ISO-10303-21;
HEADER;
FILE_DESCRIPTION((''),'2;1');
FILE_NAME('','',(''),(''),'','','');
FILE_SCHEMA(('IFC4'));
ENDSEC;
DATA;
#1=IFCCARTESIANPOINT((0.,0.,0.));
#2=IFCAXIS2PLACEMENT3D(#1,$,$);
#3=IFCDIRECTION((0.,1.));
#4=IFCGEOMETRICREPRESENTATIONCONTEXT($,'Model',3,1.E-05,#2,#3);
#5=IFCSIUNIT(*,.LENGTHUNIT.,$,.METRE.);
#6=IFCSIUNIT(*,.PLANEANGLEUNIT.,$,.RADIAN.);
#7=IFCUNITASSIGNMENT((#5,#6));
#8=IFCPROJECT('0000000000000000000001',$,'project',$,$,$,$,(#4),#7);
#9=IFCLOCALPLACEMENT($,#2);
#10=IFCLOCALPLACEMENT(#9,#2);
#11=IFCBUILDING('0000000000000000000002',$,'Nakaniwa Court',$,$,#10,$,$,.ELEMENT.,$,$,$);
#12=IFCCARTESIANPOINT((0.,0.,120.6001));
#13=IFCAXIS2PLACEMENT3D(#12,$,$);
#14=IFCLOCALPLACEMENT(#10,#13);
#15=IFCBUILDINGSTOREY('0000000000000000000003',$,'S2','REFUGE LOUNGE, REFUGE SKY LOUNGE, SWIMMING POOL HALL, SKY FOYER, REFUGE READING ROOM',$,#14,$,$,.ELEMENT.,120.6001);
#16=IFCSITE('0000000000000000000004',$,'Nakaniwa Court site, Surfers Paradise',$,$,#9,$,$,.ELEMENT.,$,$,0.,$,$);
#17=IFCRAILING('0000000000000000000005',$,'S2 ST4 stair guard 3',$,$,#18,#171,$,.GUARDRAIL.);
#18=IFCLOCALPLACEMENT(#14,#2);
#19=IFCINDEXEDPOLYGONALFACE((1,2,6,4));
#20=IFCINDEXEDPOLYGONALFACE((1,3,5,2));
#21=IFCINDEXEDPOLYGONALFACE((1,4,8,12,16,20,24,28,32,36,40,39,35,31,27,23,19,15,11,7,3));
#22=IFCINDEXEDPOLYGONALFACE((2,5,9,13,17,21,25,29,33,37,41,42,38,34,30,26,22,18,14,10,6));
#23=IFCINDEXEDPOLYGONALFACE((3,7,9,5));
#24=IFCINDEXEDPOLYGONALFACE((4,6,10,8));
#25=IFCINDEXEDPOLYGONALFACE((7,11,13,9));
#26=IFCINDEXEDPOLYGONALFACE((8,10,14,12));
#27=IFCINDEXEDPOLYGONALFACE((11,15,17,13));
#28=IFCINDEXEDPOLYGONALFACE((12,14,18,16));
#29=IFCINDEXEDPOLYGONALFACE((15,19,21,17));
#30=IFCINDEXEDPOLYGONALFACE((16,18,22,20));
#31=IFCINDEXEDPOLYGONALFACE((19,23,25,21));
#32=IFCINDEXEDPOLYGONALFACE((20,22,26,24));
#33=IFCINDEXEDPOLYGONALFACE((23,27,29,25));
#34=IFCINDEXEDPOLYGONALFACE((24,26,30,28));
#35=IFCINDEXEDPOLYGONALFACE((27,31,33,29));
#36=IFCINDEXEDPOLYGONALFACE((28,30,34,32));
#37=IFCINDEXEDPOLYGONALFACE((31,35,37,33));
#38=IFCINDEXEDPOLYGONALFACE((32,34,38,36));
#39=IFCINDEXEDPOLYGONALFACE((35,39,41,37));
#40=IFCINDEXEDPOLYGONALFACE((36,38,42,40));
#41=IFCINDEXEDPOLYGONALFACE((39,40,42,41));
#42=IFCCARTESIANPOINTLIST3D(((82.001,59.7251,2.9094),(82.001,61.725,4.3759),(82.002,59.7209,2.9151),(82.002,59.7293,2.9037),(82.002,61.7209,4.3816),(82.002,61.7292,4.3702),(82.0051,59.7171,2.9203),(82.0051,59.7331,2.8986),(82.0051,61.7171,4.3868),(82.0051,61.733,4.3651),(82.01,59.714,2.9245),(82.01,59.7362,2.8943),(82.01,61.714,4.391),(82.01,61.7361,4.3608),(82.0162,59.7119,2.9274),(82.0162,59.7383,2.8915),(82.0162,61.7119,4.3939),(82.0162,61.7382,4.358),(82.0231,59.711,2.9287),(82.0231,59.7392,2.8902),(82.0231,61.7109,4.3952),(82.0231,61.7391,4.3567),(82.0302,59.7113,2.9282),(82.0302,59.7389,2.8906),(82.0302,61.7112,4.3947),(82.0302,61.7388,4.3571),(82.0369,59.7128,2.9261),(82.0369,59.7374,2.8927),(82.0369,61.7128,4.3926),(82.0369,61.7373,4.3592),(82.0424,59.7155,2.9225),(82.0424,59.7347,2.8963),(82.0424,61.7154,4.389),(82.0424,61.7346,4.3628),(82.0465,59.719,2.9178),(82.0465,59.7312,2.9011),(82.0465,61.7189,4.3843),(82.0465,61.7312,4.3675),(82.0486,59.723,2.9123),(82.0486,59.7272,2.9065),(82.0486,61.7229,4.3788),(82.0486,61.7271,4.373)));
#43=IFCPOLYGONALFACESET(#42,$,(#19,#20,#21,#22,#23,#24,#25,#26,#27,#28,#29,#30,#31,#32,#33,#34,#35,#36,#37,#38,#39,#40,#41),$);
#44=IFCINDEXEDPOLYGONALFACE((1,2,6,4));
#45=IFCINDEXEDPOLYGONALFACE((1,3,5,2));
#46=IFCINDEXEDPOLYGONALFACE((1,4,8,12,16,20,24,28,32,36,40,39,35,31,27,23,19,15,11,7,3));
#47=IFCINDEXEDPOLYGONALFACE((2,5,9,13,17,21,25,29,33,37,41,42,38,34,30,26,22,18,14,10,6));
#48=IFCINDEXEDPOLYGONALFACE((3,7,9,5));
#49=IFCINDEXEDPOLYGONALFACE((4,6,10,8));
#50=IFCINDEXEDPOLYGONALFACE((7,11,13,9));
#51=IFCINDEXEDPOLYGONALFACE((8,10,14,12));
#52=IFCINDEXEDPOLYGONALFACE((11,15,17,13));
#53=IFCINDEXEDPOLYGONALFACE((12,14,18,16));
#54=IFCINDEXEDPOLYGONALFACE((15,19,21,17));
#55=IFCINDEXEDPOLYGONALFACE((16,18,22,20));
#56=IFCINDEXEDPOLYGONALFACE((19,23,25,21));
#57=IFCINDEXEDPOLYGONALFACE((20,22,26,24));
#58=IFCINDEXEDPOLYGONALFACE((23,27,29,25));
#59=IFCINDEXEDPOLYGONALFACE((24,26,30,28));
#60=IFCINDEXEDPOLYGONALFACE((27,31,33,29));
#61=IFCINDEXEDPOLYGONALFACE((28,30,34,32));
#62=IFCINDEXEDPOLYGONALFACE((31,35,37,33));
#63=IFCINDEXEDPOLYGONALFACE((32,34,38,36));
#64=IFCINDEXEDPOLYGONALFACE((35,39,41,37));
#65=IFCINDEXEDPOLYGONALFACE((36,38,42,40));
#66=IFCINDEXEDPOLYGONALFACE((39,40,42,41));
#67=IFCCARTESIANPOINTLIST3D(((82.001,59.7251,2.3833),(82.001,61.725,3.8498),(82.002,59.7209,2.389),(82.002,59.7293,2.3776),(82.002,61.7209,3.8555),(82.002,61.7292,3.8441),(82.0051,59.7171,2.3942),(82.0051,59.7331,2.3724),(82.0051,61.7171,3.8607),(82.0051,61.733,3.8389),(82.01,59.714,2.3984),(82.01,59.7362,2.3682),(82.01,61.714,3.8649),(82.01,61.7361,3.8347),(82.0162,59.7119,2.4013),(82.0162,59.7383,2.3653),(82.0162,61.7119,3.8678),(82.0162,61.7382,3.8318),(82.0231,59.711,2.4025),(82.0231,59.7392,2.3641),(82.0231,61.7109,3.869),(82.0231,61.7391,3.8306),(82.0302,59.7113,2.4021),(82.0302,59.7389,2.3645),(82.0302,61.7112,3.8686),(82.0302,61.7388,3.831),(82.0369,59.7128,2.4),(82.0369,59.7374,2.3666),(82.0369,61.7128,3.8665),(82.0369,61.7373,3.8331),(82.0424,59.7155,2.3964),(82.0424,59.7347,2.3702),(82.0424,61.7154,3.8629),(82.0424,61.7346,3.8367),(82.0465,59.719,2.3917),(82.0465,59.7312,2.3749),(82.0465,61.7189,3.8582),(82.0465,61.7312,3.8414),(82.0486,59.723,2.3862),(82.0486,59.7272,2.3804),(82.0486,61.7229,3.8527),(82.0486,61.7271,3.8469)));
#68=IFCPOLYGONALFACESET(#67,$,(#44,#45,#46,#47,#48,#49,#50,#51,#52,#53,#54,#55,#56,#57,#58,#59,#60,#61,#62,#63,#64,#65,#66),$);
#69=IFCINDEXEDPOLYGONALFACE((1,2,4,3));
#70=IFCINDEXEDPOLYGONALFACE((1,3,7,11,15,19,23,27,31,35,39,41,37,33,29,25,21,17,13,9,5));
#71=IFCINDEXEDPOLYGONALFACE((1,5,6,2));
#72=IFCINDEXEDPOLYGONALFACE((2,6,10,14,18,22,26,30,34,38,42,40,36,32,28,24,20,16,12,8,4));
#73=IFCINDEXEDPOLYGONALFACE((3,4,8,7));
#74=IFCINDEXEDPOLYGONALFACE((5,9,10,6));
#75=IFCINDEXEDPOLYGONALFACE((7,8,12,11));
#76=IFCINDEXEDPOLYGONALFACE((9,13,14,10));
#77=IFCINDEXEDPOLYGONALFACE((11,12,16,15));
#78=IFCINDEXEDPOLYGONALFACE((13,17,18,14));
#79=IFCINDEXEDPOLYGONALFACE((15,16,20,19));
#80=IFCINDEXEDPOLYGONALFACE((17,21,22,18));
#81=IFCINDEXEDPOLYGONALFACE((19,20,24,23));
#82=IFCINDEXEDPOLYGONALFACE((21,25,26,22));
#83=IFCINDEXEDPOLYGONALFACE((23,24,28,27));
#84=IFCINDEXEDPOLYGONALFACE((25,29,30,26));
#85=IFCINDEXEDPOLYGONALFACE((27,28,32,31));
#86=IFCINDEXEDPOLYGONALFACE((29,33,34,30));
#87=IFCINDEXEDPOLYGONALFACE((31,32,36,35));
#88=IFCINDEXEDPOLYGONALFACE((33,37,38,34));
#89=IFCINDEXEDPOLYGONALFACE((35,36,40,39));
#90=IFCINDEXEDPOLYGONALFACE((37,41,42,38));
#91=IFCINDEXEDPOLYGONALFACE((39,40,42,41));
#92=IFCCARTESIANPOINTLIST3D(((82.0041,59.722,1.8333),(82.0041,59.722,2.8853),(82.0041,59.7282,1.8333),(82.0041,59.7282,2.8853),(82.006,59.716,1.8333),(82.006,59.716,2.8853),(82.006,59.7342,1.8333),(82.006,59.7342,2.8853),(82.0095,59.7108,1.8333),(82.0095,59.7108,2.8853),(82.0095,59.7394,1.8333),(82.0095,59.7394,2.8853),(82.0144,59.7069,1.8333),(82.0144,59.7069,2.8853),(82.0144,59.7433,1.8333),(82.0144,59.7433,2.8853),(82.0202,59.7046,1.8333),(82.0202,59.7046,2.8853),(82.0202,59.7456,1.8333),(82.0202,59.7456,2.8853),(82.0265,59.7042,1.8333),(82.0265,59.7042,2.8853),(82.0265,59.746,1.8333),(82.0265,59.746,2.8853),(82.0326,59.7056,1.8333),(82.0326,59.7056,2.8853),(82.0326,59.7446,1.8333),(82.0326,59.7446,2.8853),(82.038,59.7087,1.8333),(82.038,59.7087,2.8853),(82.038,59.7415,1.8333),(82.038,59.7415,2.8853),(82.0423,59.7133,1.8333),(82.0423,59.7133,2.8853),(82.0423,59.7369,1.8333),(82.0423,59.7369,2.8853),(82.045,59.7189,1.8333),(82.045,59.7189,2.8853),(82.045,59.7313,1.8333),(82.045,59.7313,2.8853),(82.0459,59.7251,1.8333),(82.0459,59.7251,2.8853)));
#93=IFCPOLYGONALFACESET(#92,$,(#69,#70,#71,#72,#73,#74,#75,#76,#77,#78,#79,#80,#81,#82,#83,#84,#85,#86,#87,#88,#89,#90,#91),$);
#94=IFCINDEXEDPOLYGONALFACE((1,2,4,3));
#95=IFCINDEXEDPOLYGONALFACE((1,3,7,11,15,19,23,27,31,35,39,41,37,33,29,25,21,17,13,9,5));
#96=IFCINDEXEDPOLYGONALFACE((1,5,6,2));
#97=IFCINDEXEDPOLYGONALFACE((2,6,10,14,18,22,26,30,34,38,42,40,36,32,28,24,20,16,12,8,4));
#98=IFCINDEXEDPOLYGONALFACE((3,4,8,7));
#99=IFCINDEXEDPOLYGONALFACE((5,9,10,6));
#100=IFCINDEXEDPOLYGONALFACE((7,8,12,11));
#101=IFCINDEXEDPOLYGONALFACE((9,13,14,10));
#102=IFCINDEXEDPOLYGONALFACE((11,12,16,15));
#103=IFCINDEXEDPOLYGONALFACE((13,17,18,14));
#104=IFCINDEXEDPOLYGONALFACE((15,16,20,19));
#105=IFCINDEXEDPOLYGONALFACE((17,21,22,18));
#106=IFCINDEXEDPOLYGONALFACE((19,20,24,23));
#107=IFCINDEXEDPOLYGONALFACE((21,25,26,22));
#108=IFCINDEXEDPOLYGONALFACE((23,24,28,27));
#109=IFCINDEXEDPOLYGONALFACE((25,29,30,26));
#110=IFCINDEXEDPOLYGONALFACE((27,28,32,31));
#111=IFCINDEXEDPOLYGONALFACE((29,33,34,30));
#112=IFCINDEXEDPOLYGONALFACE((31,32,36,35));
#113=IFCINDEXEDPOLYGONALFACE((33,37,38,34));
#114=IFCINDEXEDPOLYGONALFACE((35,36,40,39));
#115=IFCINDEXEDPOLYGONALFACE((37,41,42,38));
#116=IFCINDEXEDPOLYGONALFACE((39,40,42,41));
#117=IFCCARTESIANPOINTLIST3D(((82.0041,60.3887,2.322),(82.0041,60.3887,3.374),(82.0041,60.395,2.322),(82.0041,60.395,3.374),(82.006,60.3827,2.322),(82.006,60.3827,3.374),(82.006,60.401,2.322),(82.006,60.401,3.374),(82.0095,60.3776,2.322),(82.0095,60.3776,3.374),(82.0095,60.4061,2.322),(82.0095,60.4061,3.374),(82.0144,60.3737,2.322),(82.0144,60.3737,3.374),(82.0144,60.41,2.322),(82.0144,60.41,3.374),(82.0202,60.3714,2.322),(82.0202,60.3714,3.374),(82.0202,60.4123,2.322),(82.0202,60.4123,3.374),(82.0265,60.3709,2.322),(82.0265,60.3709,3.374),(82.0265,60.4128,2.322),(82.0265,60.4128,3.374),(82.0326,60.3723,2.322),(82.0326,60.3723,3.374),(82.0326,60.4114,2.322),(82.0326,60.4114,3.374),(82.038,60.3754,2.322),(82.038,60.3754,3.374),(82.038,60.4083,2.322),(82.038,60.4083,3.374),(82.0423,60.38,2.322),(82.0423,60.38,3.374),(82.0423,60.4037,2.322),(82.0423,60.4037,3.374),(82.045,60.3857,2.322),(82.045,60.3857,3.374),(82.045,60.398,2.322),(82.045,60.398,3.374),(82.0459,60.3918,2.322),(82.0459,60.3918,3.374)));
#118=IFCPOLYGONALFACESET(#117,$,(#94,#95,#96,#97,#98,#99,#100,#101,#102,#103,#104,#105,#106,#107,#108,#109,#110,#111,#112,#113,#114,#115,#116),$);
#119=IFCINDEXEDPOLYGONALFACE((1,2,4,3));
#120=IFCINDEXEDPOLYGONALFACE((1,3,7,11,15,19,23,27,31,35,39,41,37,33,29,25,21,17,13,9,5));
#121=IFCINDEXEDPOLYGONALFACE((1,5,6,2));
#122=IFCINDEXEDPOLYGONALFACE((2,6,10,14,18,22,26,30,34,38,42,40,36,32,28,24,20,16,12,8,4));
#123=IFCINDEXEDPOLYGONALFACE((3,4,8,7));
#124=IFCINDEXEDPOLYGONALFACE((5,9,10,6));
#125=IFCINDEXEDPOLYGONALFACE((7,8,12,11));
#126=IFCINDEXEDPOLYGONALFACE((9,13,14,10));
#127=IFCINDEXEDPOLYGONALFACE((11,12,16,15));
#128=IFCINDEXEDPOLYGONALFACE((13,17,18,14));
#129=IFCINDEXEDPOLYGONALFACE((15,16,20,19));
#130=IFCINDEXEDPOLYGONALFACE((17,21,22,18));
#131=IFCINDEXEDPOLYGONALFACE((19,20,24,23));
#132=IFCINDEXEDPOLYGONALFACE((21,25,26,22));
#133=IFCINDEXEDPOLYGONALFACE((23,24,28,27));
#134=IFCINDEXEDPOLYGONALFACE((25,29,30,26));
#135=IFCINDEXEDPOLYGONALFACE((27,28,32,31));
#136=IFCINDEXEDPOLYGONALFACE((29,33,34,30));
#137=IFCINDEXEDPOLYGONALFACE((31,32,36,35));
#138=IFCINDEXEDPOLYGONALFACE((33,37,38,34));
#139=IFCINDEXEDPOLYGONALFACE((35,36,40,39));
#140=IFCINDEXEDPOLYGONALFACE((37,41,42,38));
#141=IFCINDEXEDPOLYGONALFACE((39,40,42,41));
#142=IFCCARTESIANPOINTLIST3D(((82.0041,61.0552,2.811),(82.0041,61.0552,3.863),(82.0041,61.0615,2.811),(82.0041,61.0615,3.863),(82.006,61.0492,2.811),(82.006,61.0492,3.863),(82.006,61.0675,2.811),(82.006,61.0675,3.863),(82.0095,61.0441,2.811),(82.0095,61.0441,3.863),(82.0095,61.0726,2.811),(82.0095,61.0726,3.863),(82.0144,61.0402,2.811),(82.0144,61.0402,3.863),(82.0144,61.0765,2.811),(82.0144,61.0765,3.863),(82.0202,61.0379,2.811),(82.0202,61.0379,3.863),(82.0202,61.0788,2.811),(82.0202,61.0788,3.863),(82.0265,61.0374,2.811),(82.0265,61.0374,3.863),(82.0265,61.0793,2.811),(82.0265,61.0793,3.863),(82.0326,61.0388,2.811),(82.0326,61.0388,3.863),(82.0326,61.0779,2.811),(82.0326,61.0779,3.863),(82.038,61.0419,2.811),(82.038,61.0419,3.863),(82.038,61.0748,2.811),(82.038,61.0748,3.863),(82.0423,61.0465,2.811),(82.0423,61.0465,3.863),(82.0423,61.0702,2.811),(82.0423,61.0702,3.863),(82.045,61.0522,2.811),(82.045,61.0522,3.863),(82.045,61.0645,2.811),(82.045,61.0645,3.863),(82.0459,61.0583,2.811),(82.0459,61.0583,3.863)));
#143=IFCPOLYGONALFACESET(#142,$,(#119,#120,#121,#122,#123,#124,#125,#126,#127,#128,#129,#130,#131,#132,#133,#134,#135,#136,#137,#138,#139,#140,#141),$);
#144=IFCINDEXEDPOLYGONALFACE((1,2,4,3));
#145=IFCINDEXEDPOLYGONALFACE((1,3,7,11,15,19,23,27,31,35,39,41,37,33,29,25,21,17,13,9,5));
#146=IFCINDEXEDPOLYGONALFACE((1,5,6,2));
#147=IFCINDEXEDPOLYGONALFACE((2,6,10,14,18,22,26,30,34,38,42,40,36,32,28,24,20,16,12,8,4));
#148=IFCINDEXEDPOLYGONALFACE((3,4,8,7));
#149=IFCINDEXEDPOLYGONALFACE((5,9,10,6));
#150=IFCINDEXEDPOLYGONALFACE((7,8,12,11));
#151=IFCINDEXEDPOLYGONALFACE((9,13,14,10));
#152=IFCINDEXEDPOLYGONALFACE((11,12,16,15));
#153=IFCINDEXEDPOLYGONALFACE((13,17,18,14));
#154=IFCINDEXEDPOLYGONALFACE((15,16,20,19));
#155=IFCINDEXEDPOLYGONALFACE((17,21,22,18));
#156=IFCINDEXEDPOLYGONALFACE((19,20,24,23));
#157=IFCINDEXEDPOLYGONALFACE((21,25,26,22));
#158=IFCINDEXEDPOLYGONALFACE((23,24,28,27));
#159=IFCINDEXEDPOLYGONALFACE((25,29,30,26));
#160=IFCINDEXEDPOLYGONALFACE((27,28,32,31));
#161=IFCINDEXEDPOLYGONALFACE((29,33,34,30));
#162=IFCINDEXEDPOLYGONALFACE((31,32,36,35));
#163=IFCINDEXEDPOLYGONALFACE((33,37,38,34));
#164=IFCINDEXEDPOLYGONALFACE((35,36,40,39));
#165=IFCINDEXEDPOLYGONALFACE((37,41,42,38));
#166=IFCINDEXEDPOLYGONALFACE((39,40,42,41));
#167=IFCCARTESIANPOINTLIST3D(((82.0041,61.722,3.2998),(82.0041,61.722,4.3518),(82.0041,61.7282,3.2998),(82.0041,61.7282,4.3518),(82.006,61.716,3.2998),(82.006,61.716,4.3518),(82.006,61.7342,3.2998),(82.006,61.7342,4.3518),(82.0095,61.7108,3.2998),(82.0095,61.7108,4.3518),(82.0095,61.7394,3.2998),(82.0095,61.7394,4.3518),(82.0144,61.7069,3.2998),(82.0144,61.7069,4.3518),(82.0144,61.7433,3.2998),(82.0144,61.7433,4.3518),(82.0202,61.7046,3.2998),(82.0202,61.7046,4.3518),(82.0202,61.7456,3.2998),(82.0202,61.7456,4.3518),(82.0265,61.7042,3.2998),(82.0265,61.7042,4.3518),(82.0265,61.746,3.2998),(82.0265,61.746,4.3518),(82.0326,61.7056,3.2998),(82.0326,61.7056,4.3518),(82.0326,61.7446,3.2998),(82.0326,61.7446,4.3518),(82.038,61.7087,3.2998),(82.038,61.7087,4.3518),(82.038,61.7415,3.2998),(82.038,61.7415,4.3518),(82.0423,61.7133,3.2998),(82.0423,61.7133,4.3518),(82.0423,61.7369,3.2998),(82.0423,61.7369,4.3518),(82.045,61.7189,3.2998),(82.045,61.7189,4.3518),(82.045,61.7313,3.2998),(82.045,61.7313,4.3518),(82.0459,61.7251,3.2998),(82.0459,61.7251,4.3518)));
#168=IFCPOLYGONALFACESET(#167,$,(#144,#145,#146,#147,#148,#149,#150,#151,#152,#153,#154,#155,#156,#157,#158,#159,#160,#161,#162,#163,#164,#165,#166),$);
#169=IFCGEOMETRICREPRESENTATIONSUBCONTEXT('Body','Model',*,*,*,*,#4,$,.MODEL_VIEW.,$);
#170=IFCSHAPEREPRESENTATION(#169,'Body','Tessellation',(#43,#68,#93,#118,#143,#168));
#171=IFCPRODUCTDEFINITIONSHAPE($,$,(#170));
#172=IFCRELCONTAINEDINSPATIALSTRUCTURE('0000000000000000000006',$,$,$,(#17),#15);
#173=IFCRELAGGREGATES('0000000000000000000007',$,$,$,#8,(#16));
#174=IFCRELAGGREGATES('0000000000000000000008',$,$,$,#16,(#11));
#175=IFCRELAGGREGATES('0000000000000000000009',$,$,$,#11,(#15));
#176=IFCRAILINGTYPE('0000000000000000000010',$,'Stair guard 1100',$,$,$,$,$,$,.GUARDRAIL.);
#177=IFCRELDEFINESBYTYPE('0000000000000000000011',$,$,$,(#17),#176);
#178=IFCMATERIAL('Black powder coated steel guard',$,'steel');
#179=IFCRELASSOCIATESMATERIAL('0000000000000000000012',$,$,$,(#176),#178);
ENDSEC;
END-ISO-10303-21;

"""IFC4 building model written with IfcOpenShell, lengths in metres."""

from ifc_helpers import new_model, si_unit, direction, frame, origin, origin_2d, place, context, subcontext, project, spatial, circle, extrude, material, type_object, element, save


model = new_model("IFC4")

# Units and contexts
model_context = context("Model", 3, precision=1e-05, world=origin(), true_north=direction((0.0, 1.0)))
body_context = subcontext(model_context, "Body", "Model", "MODEL_VIEW")
ifc_project = project(units=[si_unit("LENGTHUNIT", "METRE"), si_unit("PLANEANGLEUNIT", "RADIAN")], contexts=[model_context])

# Site, building, storey
site_placement = place(None, origin())
site = spatial("IfcSite", under=ifc_project, at=site_placement, Name="Nakaniwa Court site, Surfers Paradise", CompositionType="ELEMENT", RefElevation=0.0)
building_placement = place(site_placement, origin())
building = spatial("IfcBuilding", under=site, at=building_placement, Name="Nakaniwa Court", CompositionType="ELEMENT")
storey_placement = place(building_placement, frame((0.0, 0.0, 120.6001)))
storey = spatial("IfcBuildingStorey", under=building, at=storey_placement, Name="S2", Description="REFUGE LOUNGE, REFUGE SKY LOUNGE, SWIMMING POOL HALL, SKY FOYER, REFUGE READING ROOM", CompositionType="ELEMENT", Elevation=120.6001)

# Railing
ifc_material_1 = material(Name="Black powder coated steel guard", Category="steel")
railing_type_1 = type_object("IfcRailingType", Name="Stair guard 1100", PredefinedType="GUARDRAIL", material=ifc_material_1)
railing_1_placement = place(storey_placement, frame((82.0249, 59.7251, 1.8333)))
element("IfcRailing", 1, at=railing_1_placement, inside=storey, type_object=railing_type_1, Name="S2 ST4 stair guard 3", PredefinedType="GUARDRAIL", context=body_context, shape_type="SweptSolid", body=[
    extrude(circle(Radius=0.0239, at=origin_2d()), frame((0.0, 0.0, 1.0762), z_axis=(0.0, 0.806427, 0.591334), x_axis=(-1.0, 0.0, 0.0)), (0.0, 0.0, 1.0), 2.48),
    extrude(circle(Radius=0.0239, at=origin_2d()), frame((0.0, 0.0, 0.55), z_axis=(0.0, 0.806427, 0.591334), x_axis=(-1.0, 0.0, 0.0)), (0.0, 0.0, 1.0), 2.48),
    extrude(circle(Radius=0.021, at=origin_2d()), origin(), (0.0, 0.0, 1.0), 1.052),
    extrude(circle(Radius=0.021, at=origin_2d()), frame((0.0, 0.6667, 0.4888)), (0.0, 0.0, 1.0), 1.052),
    extrude(circle(Radius=0.021, at=origin_2d()), frame((0.0, 1.3333, 0.9778)), (0.0, 0.0, 1.0), 1.052),
    extrude(circle(Radius=0.021, at=origin_2d()), frame((0.0, 2.0, 1.4666)), (0.0, 0.0, 1.0), 1.052),
])

save(model, "model.ifc")
